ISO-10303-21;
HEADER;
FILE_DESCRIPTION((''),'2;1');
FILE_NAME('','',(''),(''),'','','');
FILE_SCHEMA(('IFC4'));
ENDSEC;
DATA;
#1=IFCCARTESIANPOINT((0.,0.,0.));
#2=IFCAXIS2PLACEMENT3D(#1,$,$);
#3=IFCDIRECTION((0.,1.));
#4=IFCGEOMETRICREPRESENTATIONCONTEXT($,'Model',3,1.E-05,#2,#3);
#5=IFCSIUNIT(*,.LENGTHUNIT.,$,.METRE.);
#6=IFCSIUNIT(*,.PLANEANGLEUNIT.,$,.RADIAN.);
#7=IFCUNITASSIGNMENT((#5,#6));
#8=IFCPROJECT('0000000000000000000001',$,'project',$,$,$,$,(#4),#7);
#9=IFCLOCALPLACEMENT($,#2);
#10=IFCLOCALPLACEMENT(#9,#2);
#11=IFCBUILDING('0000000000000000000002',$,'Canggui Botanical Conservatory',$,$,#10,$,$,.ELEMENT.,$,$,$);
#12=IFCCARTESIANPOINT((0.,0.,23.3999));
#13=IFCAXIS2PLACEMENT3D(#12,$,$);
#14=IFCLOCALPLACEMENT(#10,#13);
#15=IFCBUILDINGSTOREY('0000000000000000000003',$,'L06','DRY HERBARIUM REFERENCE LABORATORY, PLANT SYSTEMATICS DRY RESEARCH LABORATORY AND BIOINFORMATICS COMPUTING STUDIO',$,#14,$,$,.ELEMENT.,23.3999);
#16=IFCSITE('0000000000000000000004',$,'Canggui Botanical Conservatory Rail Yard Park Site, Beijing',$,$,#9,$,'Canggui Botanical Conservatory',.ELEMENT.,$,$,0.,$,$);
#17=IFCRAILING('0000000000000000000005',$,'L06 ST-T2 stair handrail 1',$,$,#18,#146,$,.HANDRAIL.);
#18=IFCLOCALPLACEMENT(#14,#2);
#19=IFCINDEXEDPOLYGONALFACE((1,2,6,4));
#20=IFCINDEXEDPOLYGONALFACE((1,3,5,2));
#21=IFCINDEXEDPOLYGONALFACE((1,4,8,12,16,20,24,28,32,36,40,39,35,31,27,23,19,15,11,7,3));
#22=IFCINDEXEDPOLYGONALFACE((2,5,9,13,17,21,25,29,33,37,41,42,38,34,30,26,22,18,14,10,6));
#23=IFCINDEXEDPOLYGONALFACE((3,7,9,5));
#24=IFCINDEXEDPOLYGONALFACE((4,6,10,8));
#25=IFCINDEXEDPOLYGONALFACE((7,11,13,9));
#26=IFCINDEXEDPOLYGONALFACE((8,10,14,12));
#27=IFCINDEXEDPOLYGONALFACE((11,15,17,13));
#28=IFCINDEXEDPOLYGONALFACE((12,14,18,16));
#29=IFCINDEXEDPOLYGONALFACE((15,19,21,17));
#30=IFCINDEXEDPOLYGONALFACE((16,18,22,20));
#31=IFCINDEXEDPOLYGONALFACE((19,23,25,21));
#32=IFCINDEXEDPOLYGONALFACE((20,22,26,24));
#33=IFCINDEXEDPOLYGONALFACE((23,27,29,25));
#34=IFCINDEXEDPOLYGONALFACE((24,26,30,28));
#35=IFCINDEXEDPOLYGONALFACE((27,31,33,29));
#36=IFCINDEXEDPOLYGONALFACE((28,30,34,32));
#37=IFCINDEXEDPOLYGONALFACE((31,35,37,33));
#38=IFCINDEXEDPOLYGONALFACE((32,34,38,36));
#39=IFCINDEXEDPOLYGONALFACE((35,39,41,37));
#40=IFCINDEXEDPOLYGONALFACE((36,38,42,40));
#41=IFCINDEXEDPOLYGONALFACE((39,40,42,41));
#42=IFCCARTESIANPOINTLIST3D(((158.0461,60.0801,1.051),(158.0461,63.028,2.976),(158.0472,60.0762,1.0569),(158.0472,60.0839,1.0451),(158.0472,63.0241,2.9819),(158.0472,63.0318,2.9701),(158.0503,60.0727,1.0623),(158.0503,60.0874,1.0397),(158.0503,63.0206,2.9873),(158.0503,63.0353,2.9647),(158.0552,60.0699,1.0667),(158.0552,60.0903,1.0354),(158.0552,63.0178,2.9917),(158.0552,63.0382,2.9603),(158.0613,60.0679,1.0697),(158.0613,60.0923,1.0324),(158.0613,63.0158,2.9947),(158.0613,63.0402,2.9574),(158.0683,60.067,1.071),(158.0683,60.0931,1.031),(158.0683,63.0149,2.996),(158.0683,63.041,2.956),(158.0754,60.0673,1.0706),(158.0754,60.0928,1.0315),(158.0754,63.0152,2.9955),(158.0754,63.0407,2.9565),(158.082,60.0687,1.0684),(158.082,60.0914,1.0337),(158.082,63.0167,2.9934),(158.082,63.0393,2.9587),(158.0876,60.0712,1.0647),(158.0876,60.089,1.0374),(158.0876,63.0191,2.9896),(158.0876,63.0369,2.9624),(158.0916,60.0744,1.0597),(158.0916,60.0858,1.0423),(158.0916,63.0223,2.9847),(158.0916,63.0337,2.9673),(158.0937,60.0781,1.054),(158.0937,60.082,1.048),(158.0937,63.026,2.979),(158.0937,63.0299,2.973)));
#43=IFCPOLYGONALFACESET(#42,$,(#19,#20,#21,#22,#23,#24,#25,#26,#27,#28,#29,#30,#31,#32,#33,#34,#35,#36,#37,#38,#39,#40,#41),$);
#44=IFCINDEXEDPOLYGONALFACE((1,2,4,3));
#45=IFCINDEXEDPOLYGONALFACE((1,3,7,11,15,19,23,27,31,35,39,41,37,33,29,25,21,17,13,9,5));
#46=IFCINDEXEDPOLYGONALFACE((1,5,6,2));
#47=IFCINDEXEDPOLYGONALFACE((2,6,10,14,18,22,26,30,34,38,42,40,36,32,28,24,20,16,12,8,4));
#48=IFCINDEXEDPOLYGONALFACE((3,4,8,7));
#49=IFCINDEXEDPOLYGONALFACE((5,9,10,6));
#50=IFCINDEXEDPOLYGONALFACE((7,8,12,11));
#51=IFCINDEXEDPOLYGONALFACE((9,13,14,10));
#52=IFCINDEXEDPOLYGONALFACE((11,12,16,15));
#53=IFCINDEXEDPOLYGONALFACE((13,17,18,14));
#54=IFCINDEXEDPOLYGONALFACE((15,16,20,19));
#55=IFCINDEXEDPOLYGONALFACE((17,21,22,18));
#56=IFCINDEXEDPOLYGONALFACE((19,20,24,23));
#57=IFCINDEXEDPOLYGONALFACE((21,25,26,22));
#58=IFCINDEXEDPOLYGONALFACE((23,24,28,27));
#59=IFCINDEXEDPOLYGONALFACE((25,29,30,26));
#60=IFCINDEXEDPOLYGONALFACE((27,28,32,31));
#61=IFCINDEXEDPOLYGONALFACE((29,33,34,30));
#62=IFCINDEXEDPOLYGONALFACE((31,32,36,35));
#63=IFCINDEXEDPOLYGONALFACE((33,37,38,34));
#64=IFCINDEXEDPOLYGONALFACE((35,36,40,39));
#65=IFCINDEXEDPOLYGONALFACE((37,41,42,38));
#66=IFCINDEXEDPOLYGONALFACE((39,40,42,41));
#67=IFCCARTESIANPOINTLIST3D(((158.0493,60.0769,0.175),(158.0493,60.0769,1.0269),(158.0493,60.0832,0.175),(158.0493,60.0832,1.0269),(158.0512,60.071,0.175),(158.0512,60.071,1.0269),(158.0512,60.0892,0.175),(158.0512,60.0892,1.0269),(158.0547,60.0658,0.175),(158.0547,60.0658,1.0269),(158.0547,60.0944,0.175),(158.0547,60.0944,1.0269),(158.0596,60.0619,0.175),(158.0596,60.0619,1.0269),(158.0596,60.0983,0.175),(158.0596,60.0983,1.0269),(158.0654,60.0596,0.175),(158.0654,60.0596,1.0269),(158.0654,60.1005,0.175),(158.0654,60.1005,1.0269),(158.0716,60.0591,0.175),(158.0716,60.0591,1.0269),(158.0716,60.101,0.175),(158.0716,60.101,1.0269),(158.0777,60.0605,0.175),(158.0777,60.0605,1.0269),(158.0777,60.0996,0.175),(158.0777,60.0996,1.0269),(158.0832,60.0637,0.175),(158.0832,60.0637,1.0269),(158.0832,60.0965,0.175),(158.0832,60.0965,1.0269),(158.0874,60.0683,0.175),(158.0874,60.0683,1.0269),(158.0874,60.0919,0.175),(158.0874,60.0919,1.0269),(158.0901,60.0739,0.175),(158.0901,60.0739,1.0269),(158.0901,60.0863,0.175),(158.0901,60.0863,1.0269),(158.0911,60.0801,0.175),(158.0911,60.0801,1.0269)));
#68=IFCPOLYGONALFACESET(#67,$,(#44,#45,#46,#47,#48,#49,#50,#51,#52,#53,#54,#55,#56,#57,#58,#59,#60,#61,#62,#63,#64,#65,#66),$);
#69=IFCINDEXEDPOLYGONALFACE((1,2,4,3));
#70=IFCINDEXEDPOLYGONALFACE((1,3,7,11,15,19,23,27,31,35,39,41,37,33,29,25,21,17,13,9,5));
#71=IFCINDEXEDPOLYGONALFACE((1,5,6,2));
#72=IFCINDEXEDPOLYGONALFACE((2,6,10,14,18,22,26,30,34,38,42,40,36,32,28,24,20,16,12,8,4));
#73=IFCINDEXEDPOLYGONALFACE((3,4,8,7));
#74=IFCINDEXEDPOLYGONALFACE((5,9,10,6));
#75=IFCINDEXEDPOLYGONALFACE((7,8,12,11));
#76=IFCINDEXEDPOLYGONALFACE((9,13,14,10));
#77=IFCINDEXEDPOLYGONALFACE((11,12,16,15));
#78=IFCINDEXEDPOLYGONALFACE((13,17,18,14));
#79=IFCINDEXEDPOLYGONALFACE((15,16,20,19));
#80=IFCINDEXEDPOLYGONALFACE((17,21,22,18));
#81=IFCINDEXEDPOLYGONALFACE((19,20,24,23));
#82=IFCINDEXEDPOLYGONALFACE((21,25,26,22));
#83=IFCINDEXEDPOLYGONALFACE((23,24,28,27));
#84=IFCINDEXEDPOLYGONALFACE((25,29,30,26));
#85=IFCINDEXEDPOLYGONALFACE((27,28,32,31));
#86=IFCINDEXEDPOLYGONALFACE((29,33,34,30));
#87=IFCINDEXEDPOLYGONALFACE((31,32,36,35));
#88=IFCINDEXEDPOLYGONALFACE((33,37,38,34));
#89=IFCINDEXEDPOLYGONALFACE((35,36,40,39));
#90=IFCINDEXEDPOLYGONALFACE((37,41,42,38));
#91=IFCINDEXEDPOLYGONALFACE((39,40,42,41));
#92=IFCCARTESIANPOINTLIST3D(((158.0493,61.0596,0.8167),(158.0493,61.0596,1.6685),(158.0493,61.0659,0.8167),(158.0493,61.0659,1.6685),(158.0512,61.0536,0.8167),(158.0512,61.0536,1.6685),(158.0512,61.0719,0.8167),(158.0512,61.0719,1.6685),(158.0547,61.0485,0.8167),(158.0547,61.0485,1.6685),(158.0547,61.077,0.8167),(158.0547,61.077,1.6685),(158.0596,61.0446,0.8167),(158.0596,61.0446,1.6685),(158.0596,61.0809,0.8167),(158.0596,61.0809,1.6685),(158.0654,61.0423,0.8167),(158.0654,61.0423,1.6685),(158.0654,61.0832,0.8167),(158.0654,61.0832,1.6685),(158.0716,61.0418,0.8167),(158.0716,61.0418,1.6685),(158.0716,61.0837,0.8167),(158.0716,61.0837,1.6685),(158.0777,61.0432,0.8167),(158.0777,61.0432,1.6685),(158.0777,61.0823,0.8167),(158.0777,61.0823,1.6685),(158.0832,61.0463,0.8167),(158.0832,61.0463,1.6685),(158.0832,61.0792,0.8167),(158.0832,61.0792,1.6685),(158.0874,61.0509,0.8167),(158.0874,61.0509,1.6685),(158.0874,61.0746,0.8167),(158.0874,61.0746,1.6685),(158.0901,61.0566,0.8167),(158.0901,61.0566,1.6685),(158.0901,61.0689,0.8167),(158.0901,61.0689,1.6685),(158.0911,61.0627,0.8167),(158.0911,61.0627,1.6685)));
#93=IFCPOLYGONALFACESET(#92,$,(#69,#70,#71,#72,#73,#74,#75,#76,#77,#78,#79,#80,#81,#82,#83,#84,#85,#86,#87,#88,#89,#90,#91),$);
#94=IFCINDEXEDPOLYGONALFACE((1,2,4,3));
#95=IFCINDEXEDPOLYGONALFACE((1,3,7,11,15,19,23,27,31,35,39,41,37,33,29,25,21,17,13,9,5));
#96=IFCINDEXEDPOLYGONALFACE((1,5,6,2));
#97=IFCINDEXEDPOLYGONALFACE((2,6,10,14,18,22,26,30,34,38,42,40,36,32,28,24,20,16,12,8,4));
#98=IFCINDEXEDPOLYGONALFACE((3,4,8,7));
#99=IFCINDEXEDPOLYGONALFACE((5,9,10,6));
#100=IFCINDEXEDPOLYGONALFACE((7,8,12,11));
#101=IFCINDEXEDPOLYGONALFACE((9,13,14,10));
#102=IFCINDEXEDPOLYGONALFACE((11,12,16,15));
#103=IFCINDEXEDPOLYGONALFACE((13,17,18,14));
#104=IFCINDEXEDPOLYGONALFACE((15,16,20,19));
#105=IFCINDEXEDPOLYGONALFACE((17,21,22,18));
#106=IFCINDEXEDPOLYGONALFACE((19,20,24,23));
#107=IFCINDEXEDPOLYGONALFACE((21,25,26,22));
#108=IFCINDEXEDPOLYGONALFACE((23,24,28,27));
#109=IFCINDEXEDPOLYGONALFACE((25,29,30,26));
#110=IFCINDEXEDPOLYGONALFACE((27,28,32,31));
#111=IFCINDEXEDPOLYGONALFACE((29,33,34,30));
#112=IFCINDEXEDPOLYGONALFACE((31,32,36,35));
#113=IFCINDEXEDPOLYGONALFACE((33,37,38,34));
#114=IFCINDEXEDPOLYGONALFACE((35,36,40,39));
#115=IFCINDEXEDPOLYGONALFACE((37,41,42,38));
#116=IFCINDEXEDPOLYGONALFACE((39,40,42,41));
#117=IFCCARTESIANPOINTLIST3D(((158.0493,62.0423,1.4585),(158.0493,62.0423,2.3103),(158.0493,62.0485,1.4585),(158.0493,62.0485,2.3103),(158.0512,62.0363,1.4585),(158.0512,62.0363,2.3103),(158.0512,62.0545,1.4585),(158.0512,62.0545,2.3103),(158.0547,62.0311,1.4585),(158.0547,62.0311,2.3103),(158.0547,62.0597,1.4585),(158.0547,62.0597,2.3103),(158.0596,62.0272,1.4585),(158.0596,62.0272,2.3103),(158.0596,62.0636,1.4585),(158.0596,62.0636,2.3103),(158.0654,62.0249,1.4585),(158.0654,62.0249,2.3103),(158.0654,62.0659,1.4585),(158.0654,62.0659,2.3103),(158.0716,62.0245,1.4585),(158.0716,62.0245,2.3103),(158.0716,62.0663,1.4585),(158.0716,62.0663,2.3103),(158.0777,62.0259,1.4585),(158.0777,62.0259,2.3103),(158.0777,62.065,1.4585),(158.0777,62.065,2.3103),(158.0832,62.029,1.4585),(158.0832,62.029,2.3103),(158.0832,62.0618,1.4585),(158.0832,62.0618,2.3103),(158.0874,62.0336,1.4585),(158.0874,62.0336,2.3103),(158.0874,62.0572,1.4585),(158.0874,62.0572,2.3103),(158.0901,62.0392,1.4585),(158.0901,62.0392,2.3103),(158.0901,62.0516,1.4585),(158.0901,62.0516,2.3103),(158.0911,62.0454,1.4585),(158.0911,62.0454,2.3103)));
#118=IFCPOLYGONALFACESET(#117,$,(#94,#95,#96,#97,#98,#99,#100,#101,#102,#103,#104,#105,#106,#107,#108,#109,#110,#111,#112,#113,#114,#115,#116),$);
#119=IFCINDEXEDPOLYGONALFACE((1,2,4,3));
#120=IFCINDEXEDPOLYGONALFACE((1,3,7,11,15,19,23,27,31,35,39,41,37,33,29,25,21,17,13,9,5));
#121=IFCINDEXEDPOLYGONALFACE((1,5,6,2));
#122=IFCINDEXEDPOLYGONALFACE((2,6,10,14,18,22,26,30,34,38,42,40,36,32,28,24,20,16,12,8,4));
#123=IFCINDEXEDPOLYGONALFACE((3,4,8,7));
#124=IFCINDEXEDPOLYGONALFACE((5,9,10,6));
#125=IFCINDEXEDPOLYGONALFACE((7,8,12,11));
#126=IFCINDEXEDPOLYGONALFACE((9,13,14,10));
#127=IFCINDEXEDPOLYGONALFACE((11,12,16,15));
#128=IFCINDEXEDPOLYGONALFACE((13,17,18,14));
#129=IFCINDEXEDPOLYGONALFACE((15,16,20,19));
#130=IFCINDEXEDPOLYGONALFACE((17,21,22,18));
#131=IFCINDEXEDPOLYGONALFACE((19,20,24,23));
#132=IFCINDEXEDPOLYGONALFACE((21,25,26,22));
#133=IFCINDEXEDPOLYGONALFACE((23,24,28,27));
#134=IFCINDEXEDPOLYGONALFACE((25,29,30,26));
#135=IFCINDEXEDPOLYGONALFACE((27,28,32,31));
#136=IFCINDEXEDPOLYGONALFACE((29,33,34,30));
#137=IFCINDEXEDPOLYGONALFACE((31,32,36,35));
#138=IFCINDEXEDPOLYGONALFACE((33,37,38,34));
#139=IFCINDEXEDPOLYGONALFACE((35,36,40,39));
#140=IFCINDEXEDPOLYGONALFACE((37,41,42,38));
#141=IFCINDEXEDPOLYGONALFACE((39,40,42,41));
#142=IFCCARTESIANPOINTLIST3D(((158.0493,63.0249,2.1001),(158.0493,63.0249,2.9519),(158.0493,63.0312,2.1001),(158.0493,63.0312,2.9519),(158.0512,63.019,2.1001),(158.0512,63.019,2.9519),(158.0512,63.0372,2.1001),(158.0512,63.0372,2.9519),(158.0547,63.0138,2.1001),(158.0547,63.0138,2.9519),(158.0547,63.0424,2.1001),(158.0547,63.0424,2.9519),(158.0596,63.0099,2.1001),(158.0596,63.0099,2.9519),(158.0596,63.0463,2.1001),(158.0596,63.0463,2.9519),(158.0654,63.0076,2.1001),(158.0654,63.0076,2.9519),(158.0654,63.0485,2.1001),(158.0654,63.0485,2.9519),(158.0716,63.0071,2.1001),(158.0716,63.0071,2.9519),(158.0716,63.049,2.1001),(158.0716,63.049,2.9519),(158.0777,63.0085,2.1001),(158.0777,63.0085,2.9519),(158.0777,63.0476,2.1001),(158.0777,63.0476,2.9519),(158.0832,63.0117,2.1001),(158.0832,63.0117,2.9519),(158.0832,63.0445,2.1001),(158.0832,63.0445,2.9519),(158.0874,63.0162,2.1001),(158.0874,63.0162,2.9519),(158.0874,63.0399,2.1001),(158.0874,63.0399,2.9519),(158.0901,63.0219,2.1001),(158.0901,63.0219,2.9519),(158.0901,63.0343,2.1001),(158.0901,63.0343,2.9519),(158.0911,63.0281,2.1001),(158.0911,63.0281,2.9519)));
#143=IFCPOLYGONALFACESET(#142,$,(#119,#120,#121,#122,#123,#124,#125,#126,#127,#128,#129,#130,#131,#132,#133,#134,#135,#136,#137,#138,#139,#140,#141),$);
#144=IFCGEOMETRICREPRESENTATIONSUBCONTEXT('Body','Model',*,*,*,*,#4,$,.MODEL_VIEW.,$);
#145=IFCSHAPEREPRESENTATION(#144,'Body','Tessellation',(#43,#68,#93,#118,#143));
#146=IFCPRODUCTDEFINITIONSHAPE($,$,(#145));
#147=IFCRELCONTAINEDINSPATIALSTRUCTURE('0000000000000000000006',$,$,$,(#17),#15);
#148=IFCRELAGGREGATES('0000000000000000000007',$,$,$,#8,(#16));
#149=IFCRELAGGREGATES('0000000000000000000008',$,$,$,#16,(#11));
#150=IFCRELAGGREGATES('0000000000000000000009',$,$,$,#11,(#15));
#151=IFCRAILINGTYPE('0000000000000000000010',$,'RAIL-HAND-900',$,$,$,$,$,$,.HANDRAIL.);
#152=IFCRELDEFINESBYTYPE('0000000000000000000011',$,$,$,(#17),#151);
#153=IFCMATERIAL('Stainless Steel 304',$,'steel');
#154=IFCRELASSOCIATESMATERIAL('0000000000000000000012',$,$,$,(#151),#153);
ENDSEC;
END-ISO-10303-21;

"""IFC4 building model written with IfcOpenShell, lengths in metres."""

from ifc_helpers import new_model, si_unit, direction, frame, origin, origin_2d, place, context, subcontext, project, spatial, circle, extrude, material, type_object, element, save


model = new_model("IFC4")

# Units and contexts
model_context = context("Model", 3, precision=1e-05, world=origin(), true_north=direction((0.0, 1.0)))
body_context = subcontext(model_context, "Body", "Model", "MODEL_VIEW")
ifc_project = project(units=[si_unit("LENGTHUNIT", "METRE"), si_unit("PLANEANGLEUNIT", "RADIAN")], contexts=[model_context])

# Site, building, storey
site_placement = place(None, origin())
site = spatial("IfcSite", under=ifc_project, at=site_placement, Name="Canggui Botanical Conservatory Rail Yard Park Site, Beijing", LongName="Canggui Botanical Conservatory", CompositionType="ELEMENT", RefElevation=0.0)
building_placement = place(site_placement, origin())
building = spatial("IfcBuilding", under=site, at=building_placement, Name="Canggui Botanical Conservatory", CompositionType="ELEMENT")
storey_placement = place(building_placement, frame((0.0, 0.0, 23.3999)))
storey = spatial("IfcBuildingStorey", under=building, at=storey_placement, Name="L06", Description="DRY HERBARIUM REFERENCE LABORATORY, PLANT SYSTEMATICS DRY RESEARCH LABORATORY AND BIOINFORMATICS COMPUTING STUDIO", CompositionType="ELEMENT", Elevation=23.3999)

# Railing
ifc_material_1 = material(Name="Stainless Steel 304", Category="steel")
railing_type_1 = type_object("IfcRailingType", Name="RAIL-HAND-900", PredefinedType="HANDRAIL", material=ifc_material_1)
railing_1_placement = place(storey_placement, frame((158.0701, 60.0801, 0.175)))
element("IfcRailing", 1, at=railing_1_placement, inside=storey, type_object=railing_type_1, Name="L06 ST-T2 stair handrail 1", PredefinedType="HANDRAIL", context=body_context, shape_type="SweptSolid", body=[
    extrude(circle(Radius=0.0239, at=origin_2d()), frame((0.0, 0.0, 0.876), z_axis=(0.0, 0.837293, 0.546754), x_axis=(-1.0, 0.0, 0.0)), (0.0, 0.0, 1.0), 3.5208),
    extrude(circle(Radius=0.021, at=origin_2d()), origin(), (0.0, 0.0, 1.0), 0.8518),
    extrude(circle(Radius=0.021, at=origin_2d()), frame((0.0, 0.9827, 0.6416)), (0.0, 0.0, 1.0), 0.8518),
    extrude(circle(Radius=0.021, at=origin_2d()), frame((0.0, 1.9653, 1.2834)), (0.0, 0.0, 1.0), 0.8518),
    extrude(circle(Radius=0.021, at=origin_2d()), frame((0.0, 2.948, 1.925)), (0.0, 0.0, 1.0), 0.8518),
])

save(model, "model.ifc")
